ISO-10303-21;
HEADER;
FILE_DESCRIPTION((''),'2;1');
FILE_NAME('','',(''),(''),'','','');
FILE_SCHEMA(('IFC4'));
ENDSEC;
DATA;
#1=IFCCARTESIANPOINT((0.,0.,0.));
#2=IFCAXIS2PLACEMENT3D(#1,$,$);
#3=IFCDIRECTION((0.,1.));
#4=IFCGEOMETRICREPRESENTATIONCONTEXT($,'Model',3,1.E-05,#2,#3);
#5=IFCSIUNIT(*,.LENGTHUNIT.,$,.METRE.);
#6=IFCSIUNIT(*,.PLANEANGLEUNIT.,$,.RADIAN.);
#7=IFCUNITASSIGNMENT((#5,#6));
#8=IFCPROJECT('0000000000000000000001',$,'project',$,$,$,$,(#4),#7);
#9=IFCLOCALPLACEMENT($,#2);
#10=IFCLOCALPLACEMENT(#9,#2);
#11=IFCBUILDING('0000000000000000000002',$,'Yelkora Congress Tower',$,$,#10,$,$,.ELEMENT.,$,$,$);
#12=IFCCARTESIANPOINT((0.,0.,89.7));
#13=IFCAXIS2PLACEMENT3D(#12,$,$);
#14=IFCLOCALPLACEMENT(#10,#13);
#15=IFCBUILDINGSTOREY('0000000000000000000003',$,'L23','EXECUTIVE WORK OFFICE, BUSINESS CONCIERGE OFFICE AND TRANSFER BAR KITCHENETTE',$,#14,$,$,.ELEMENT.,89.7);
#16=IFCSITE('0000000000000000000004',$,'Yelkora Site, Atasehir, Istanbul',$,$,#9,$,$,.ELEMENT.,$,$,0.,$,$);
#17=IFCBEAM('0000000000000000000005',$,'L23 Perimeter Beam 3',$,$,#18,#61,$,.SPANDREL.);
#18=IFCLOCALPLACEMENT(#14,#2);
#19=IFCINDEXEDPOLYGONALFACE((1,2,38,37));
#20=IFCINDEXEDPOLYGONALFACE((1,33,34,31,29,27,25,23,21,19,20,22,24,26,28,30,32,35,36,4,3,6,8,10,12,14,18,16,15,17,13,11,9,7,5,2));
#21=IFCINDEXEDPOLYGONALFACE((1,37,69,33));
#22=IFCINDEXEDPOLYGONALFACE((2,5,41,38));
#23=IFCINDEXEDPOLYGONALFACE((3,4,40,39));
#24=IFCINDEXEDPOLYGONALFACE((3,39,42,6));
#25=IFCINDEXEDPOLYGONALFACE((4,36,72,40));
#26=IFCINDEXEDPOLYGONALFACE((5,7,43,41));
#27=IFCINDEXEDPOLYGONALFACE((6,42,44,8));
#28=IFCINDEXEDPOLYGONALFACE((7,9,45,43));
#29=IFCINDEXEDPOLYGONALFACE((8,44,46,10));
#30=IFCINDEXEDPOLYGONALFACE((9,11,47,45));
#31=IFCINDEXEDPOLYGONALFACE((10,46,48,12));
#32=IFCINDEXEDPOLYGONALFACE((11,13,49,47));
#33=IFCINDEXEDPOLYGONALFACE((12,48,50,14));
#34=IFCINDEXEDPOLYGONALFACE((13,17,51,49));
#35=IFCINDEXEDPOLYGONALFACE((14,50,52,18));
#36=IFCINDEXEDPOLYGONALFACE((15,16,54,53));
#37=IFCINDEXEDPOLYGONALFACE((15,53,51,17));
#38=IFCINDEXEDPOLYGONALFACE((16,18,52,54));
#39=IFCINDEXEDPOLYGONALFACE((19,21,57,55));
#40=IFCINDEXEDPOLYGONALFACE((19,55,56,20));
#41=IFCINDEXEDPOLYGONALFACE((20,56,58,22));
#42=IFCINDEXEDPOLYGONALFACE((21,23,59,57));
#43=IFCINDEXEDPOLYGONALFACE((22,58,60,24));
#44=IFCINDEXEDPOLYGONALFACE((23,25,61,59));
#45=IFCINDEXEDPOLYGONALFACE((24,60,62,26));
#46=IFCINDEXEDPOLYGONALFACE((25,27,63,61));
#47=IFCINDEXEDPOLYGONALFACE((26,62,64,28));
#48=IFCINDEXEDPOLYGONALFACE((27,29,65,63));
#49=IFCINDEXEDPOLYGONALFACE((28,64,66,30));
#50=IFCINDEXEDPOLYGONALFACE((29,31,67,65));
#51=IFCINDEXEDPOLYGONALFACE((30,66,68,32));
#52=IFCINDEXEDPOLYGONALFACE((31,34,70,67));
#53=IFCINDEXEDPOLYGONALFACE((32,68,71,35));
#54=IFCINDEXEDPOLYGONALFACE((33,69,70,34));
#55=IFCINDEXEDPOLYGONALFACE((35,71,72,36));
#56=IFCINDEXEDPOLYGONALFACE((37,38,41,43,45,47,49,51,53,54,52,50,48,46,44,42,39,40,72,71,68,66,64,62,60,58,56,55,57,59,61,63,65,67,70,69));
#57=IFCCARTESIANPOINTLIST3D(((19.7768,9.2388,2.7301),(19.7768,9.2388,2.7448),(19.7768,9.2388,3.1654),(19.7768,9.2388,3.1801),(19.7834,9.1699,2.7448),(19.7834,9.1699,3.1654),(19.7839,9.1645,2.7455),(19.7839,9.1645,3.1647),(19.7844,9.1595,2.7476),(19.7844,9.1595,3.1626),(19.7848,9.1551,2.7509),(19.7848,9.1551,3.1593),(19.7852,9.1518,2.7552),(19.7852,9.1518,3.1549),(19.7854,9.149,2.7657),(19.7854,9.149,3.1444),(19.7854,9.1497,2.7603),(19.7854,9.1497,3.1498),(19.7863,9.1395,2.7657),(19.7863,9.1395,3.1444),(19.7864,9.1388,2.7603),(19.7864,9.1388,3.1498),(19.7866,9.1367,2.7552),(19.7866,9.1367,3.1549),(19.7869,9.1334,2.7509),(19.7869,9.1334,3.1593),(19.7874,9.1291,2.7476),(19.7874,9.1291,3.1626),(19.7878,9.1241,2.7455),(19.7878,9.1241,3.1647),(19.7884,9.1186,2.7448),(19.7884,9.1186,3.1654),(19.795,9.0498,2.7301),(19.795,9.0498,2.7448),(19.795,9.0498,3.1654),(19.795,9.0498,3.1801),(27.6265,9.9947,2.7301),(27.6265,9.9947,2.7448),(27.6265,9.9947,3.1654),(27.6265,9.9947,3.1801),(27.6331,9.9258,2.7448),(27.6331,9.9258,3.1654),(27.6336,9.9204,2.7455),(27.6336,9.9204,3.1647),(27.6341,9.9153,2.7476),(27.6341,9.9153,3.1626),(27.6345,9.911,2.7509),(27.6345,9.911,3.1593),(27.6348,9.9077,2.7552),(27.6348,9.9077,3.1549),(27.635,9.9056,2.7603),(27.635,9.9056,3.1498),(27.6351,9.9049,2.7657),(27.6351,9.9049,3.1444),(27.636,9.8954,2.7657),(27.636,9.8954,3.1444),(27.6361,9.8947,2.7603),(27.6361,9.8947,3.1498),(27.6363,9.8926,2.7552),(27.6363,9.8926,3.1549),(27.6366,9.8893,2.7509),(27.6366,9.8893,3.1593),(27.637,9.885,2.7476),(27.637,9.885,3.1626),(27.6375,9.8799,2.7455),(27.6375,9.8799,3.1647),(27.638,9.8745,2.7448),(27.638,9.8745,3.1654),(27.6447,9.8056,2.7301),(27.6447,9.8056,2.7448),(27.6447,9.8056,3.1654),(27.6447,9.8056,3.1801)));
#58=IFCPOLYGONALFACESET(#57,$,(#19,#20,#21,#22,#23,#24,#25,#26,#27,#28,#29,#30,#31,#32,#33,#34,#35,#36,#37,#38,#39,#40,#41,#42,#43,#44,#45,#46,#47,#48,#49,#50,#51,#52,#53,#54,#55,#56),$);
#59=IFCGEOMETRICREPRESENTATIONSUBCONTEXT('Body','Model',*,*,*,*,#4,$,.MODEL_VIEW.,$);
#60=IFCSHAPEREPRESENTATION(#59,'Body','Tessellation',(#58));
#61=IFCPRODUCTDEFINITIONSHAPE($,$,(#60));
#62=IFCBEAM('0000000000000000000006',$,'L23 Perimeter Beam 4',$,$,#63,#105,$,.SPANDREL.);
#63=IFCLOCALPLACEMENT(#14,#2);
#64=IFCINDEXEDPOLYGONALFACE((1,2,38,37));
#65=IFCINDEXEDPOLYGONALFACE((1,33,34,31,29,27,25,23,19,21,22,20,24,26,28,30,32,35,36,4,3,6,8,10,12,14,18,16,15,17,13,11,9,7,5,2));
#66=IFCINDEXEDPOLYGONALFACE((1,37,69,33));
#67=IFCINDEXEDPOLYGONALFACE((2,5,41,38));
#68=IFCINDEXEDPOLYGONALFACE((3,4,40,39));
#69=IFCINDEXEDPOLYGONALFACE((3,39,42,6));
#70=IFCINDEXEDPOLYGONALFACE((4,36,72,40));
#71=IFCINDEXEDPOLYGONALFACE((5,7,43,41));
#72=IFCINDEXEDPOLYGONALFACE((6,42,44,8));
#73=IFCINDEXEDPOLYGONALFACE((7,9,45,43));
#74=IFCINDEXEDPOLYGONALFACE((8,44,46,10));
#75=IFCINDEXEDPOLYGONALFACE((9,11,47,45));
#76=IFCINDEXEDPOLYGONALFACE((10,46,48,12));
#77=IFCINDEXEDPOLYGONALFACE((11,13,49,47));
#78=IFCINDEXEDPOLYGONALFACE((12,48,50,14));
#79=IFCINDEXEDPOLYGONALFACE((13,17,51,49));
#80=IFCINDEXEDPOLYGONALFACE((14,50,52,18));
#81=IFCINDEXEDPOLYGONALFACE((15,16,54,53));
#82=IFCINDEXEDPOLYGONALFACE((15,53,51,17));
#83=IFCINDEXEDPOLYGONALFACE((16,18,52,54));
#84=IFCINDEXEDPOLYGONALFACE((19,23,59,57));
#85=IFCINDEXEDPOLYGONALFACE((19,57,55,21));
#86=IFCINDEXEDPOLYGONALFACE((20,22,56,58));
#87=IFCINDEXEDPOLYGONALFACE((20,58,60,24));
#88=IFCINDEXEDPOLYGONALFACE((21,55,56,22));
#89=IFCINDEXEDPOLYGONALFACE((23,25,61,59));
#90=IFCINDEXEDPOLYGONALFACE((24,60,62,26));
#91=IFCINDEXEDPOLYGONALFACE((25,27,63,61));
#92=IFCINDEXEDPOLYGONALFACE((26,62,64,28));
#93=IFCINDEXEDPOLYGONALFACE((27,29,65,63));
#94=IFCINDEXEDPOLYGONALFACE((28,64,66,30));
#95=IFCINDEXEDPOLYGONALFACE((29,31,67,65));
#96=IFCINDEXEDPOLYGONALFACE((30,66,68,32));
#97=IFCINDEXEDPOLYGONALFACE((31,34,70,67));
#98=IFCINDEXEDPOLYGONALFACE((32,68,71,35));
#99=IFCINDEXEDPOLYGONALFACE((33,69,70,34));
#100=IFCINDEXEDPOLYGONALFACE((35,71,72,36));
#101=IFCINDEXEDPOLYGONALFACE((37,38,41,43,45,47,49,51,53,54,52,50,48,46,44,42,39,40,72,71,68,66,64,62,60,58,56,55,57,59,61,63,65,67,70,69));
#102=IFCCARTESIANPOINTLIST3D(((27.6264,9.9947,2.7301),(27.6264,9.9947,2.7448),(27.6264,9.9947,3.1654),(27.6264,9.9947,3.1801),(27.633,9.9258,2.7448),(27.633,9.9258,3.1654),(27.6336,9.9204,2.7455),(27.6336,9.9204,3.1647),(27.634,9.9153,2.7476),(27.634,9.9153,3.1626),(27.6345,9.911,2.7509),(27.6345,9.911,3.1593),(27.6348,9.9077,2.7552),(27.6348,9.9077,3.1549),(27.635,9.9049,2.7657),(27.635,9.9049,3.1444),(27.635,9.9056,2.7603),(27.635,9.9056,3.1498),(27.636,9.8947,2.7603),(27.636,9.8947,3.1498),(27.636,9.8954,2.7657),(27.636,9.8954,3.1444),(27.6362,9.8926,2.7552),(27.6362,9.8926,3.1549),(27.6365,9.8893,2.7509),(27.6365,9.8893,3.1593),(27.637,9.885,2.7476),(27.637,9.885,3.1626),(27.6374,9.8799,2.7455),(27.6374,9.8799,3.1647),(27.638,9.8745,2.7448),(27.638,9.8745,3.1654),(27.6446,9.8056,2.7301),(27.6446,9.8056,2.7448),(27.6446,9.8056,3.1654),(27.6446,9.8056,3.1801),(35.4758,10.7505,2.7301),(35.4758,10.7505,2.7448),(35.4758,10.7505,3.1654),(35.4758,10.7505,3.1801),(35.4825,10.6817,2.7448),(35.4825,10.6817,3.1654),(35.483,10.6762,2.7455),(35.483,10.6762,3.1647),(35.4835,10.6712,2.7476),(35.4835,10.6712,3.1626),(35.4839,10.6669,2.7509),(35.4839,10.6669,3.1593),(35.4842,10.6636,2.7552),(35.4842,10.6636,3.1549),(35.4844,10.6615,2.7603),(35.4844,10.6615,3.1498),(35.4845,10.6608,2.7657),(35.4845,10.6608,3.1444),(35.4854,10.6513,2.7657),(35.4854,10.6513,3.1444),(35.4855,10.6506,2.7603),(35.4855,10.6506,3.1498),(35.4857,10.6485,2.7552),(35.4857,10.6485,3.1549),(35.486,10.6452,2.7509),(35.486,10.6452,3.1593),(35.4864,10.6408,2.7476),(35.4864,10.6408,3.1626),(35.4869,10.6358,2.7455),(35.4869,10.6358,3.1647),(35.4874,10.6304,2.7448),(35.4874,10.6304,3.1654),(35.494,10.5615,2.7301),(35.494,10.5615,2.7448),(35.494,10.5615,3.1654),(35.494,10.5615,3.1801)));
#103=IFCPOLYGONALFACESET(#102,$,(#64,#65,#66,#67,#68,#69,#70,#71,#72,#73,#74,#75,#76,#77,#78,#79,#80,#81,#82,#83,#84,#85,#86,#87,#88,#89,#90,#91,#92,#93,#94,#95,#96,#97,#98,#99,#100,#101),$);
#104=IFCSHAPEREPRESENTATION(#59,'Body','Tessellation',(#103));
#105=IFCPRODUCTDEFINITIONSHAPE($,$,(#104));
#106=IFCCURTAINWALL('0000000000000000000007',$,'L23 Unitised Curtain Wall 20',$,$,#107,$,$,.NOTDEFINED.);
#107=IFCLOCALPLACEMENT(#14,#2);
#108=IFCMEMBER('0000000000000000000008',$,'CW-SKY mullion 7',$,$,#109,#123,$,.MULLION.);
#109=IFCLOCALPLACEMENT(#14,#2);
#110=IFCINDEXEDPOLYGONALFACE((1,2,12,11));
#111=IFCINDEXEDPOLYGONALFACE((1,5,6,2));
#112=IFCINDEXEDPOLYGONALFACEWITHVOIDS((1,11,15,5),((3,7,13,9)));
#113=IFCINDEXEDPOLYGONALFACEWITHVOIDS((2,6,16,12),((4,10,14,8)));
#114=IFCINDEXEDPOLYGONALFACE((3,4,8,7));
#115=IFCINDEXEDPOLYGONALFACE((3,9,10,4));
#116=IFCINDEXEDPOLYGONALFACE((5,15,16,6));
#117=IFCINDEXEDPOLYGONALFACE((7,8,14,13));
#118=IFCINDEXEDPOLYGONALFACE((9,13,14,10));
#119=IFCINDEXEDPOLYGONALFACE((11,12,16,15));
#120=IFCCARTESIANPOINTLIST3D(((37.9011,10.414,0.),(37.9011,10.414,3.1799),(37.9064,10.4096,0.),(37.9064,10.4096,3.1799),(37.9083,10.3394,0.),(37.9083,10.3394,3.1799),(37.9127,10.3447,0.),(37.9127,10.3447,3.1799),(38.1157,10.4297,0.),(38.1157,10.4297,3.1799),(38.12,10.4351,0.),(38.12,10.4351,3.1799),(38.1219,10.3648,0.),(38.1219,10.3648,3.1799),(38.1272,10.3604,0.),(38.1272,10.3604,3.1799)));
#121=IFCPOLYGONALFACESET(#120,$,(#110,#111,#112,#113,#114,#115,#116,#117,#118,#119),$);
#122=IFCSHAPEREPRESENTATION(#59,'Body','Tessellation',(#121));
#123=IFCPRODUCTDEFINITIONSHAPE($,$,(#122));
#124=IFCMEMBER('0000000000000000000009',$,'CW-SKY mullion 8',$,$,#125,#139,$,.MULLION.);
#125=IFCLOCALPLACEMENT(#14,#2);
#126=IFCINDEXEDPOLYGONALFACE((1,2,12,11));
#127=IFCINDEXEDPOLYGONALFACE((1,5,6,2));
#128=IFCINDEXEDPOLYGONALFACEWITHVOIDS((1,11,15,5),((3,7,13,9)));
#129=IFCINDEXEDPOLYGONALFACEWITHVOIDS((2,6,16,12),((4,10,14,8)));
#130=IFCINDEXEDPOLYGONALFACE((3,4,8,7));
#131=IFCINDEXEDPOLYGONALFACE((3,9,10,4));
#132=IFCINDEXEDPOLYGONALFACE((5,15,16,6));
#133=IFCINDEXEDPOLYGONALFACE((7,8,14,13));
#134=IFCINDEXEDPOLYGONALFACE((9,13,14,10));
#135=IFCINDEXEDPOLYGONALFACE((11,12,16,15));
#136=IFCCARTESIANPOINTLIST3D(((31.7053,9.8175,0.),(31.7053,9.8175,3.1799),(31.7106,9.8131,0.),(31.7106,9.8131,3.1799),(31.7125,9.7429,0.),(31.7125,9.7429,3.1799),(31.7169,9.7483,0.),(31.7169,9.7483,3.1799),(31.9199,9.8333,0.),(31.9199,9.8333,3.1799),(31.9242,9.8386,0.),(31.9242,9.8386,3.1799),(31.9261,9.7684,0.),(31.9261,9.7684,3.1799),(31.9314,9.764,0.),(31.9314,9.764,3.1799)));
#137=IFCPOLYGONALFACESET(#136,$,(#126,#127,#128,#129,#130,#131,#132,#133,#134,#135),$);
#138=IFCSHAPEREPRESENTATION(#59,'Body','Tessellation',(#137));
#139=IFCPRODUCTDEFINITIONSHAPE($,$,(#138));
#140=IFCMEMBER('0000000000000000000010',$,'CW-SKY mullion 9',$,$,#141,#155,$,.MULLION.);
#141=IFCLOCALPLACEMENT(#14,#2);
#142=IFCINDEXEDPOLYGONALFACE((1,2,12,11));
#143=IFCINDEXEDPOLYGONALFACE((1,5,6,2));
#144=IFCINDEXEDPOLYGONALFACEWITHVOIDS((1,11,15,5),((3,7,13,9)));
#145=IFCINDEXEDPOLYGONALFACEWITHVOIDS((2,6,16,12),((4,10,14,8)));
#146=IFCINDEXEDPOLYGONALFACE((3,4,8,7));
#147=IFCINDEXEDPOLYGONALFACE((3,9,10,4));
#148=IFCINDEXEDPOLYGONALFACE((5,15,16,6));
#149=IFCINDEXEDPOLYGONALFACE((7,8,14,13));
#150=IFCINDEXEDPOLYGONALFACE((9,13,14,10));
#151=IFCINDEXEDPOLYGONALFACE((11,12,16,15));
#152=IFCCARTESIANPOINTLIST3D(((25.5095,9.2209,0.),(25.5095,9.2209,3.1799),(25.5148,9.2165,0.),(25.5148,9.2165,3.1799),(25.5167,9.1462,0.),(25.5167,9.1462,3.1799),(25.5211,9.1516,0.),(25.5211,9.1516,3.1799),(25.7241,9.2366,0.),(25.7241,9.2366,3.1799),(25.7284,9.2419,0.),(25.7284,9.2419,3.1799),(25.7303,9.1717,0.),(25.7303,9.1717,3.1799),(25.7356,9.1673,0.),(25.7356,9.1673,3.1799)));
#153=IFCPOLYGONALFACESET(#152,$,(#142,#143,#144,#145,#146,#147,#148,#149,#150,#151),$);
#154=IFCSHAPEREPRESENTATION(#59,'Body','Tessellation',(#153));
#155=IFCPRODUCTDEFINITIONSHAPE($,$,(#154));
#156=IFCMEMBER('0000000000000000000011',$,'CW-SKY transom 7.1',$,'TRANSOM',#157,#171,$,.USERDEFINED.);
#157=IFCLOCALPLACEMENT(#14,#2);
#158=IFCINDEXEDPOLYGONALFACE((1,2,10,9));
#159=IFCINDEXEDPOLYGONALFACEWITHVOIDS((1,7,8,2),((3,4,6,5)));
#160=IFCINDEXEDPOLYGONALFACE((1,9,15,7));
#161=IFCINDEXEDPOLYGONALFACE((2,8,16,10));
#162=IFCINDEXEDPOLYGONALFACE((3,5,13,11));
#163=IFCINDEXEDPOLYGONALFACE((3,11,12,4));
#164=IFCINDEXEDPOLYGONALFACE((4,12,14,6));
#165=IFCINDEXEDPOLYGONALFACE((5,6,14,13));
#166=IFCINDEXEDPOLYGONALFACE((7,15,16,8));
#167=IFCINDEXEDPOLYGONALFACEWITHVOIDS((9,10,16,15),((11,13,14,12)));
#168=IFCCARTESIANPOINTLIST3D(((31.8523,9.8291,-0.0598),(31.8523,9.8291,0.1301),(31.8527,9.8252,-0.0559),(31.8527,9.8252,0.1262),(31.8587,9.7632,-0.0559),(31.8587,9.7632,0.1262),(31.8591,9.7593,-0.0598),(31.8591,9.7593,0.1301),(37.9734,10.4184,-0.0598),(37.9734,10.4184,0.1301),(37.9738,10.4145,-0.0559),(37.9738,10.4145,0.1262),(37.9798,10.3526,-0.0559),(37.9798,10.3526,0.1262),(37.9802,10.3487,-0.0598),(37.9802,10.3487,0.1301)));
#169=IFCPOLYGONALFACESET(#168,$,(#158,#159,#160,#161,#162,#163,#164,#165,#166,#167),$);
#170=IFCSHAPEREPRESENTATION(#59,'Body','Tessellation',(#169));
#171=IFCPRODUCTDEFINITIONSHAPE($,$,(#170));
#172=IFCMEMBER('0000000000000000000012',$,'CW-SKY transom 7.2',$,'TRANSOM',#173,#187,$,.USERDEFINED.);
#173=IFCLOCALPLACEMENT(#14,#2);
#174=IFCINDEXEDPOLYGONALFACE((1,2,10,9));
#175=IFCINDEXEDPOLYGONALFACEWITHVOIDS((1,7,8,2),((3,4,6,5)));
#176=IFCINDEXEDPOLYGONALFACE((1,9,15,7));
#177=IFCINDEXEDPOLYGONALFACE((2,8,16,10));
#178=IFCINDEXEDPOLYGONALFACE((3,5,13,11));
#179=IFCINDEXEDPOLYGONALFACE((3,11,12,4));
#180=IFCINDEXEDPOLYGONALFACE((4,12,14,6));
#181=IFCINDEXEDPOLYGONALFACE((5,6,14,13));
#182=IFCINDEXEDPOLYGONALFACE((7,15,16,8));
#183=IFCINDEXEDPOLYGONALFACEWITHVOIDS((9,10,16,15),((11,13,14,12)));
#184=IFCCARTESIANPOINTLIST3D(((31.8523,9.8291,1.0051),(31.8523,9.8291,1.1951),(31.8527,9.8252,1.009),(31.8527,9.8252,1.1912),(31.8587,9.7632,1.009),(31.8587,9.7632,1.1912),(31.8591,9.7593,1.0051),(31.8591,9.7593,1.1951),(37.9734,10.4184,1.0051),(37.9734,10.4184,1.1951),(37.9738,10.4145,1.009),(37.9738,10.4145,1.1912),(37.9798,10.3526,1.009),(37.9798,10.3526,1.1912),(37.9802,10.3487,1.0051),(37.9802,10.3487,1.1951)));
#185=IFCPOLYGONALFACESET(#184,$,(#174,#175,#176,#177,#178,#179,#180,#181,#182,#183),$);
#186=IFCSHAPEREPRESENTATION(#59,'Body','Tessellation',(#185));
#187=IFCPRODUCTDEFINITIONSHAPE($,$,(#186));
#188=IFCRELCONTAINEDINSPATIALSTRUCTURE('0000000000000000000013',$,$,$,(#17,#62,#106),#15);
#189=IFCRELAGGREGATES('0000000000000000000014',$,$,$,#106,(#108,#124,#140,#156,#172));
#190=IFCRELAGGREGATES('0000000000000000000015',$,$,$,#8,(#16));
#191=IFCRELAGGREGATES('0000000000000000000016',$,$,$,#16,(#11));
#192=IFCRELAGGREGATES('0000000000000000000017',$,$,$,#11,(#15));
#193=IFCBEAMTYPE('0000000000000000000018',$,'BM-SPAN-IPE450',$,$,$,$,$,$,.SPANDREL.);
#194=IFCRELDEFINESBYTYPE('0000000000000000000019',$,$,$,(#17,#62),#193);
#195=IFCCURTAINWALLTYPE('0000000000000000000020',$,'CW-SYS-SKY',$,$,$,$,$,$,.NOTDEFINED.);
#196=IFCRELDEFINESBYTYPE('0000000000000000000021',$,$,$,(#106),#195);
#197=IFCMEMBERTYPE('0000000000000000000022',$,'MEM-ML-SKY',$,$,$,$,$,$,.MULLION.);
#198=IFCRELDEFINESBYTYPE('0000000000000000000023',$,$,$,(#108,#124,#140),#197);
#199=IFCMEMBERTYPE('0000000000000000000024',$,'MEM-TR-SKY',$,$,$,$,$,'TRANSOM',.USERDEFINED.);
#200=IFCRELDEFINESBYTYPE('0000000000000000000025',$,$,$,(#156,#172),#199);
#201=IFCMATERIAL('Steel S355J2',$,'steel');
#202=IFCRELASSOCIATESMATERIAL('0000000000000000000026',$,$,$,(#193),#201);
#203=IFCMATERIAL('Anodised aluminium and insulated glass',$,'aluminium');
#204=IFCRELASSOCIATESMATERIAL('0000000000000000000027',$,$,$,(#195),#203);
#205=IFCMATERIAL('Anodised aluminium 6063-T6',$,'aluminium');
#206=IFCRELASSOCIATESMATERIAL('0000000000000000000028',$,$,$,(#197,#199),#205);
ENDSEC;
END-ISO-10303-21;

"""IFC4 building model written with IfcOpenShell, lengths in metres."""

from ifc_helpers import new_model, si_unit, direction, frame, origin, origin_2d, place, context, subcontext, project, spatial, hollow_rectangle, i_section, extrude, material, material_profile, profile_set, type_object, element, aggregate, save


model = new_model("IFC4")

# Units and contexts
model_context = context("Model", 3, precision=1e-05, world=origin(), true_north=direction((0.0, 1.0)))
body_context = subcontext(model_context, "Body", "Model", "MODEL_VIEW")
ifc_project = project(units=[si_unit("LENGTHUNIT", "METRE"), si_unit("PLANEANGLEUNIT", "RADIAN")], contexts=[model_context])

# Site, building, storey
site_placement = place(None, origin())
site = spatial("IfcSite", under=ifc_project, at=site_placement, Name="Yelkora Site, Atasehir, Istanbul", CompositionType="ELEMENT", RefElevation=0.0)
building_placement = place(site_placement, origin())
building = spatial("IfcBuilding", under=site, at=building_placement, Name="Yelkora Congress Tower", CompositionType="ELEMENT")
storey_placement = place(building_placement, frame((0.0, 0.0, 89.7)))
storey = spatial("IfcBuildingStorey", under=building, at=storey_placement, Name="L23", Description="EXECUTIVE WORK OFFICE, BUSINESS CONCIERGE OFFICE AND TRANSFER BAR KITCHENETTE", CompositionType="ELEMENT", Elevation=89.7)

# Beams
ifc_material_1 = material(Name="Steel S355J2", Category="steel")
ifc_material_profile_1 = material_profile(ifc_material_1, i_section(OverallWidth=0.1899, OverallDepth=0.45, WebThickness=0.0095, FlangeThickness=0.0146, FilletRadius=0.021, at=origin_2d()), Name="IPE 450")
ifc_profile_set_1 = profile_set([ifc_material_profile_1], Name="Steel S355J2")
beam_type_1 = type_object("IfcBeamType", Name="BM-SPAN-IPE450", PredefinedType="SPANDREL", material=ifc_profile_set_1)
beam_1_placement = place(storey_placement, frame((19.7859, 9.1443, 2.9551), z_axis=(0.995396, 0.095849, 0.0), x_axis=(-0.095849, 0.995396, 0.0)))
element("IfcBeam", 1, at=beam_1_placement, inside=storey, type_object=beam_type_1, Name="L23 Perimeter Beam 3", PredefinedType="SPANDREL", context=body_context, shape_type="SweptSolid", body=[
    extrude(i_section(OverallWidth=0.1899, OverallDepth=0.45, WebThickness=0.0095, FlangeThickness=0.0146, FilletRadius=0.021, at=origin_2d()), origin(), (0.0, 0.0, 1.0), 7.886),
])
beam_2_placement = place(storey_placement, frame((27.6355, 9.9001, 2.9551), z_axis=(0.995396, 0.095852, 0.0), x_axis=(-0.095852, 0.995396, 0.0)))
element("IfcBeam", 2, at=beam_2_placement, inside=storey, type_object=beam_type_1, Name="L23 Perimeter Beam 4", PredefinedType="SPANDREL", context=body_context, shape_type="SweptSolid", body=[
    extrude(i_section(OverallWidth=0.1899, OverallDepth=0.45, WebThickness=0.0095, FlangeThickness=0.0146, FilletRadius=0.021, at=origin_2d()), origin(), (0.0, 0.0, 1.0), 7.8857),
])

# Curtain wall, members
ifc_material_2 = material(Name="Anodised aluminium and insulated glass", Category="aluminium")
curtain_wall_type = type_object("IfcCurtainWallType", Name="CW-SYS-SKY", PredefinedType="NOTDEFINED", material=ifc_material_2)
curtain_wall_placement = place(storey_placement, origin())
curtain_wall = element("IfcCurtainWall", 3, at=curtain_wall_placement, inside=storey, type_object=curtain_wall_type, Name="L23 Unitised Curtain Wall 20", PredefinedType="NOTDEFINED")
ifc_material_3 = material(Name="Anodised aluminium 6063-T6", Category="aluminium")
ifc_material_profile_2 = material_profile(ifc_material_3, hollow_rectangle(XDim=0.075, YDim=0.22, WallThickness=0.0049, at=origin_2d()), Name="ALU 75x220x5")
ifc_profile_set_2 = profile_set([ifc_material_profile_2], Name="Anodised aluminium 6063-T6")
member_type_1 = type_object("IfcMemberType", Name="MEM-ML-SKY", PredefinedType="MULLION", material=ifc_profile_set_2)
member_1_placement = place(storey_placement, frame((38.0142, 10.3872, 0.0), z_axis=(0.0, 0.0, 1.0), x_axis=(0.095844, -0.995396, 0.0)))
member_1 = element("IfcMember", 4, at=member_1_placement, type_object=member_type_1, Name="CW-SKY mullion 7", PredefinedType="MULLION", context=body_context, shape_type="SweptSolid", body=[
    extrude(hollow_rectangle(XDim=0.075, YDim=0.22, WallThickness=0.0049, at=origin_2d()), origin(), (0.0, 0.0, 1.0), 3.1799),
])
member_2_placement = place(storey_placement, frame((31.8184, 9.7908, 0.0), z_axis=(0.0, 0.0, 1.0), x_axis=(0.095844, -0.995396, 0.0)))
member_2 = element("IfcMember", 5, at=member_2_placement, type_object=member_type_1, Name="CW-SKY mullion 8", PredefinedType="MULLION", context=body_context, shape_type="SweptSolid", body=[
    extrude(hollow_rectangle(XDim=0.075, YDim=0.22, WallThickness=0.0049, at=origin_2d()), origin(), (0.0, 0.0, 1.0), 3.1799),
])
member_3_placement = place(storey_placement, frame((25.6226, 9.1941, 0.0), z_axis=(0.0, 0.0, 1.0), x_axis=(0.095844, -0.995396, 0.0)))
member_3 = element("IfcMember", 6, at=member_3_placement, type_object=member_type_1, Name="CW-SKY mullion 9", PredefinedType="MULLION", context=body_context, shape_type="SweptSolid", body=[
    extrude(hollow_rectangle(XDim=0.075, YDim=0.22, WallThickness=0.0049, at=origin_2d()), origin(), (0.0, 0.0, 1.0), 3.1799),
])
ifc_material_profile_3 = material_profile(ifc_material_3, hollow_rectangle(XDim=0.0701, YDim=0.1899, WallThickness=0.0039, at=origin_2d()), Name="ALU 70x190x4")
ifc_profile_set_3 = profile_set([ifc_material_profile_3], Name="Anodised aluminium 6063-T6")
member_type_2 = type_object("IfcMemberType", Name="MEM-TR-SKY", ElementType="TRANSOM", PredefinedType="USERDEFINED", material=ifc_profile_set_3)
member_4_placement = place(storey_placement, frame((37.9768, 10.3835, 0.0352), z_axis=(-0.995397, -0.095839, 0.0), x_axis=(0.095839, -0.995397, 0.0)))
member_4 = element("IfcMember", 7, at=member_4_placement, type_object=member_type_2, Name="CW-SKY transom 7.1", ObjectType="TRANSOM", PredefinedType="USERDEFINED", context=body_context, shape_type="SweptSolid", body=[
    extrude(hollow_rectangle(XDim=0.0701, YDim=0.1899, WallThickness=0.0039, at=origin_2d()), origin(), (0.0, 0.0, 1.0), 6.1494),
])
member_5_placement = place(storey_placement, frame((37.9768, 10.3835, 1.1001), z_axis=(-0.995397, -0.095839, 0.0), x_axis=(0.095839, -0.995397, 0.0)))
member_5 = element("IfcMember", 8, at=member_5_placement, type_object=member_type_2, Name="CW-SKY transom 7.2", ObjectType="TRANSOM", PredefinedType="USERDEFINED", context=body_context, shape_type="SweptSolid", body=[
    extrude(hollow_rectangle(XDim=0.0701, YDim=0.1899, WallThickness=0.0039, at=origin_2d()), origin(), (0.0, 0.0, 1.0), 6.1494),
])
aggregate(curtain_wall, [member_1, member_2, member_3, member_4, member_5])

save(model, "model.ifc")
